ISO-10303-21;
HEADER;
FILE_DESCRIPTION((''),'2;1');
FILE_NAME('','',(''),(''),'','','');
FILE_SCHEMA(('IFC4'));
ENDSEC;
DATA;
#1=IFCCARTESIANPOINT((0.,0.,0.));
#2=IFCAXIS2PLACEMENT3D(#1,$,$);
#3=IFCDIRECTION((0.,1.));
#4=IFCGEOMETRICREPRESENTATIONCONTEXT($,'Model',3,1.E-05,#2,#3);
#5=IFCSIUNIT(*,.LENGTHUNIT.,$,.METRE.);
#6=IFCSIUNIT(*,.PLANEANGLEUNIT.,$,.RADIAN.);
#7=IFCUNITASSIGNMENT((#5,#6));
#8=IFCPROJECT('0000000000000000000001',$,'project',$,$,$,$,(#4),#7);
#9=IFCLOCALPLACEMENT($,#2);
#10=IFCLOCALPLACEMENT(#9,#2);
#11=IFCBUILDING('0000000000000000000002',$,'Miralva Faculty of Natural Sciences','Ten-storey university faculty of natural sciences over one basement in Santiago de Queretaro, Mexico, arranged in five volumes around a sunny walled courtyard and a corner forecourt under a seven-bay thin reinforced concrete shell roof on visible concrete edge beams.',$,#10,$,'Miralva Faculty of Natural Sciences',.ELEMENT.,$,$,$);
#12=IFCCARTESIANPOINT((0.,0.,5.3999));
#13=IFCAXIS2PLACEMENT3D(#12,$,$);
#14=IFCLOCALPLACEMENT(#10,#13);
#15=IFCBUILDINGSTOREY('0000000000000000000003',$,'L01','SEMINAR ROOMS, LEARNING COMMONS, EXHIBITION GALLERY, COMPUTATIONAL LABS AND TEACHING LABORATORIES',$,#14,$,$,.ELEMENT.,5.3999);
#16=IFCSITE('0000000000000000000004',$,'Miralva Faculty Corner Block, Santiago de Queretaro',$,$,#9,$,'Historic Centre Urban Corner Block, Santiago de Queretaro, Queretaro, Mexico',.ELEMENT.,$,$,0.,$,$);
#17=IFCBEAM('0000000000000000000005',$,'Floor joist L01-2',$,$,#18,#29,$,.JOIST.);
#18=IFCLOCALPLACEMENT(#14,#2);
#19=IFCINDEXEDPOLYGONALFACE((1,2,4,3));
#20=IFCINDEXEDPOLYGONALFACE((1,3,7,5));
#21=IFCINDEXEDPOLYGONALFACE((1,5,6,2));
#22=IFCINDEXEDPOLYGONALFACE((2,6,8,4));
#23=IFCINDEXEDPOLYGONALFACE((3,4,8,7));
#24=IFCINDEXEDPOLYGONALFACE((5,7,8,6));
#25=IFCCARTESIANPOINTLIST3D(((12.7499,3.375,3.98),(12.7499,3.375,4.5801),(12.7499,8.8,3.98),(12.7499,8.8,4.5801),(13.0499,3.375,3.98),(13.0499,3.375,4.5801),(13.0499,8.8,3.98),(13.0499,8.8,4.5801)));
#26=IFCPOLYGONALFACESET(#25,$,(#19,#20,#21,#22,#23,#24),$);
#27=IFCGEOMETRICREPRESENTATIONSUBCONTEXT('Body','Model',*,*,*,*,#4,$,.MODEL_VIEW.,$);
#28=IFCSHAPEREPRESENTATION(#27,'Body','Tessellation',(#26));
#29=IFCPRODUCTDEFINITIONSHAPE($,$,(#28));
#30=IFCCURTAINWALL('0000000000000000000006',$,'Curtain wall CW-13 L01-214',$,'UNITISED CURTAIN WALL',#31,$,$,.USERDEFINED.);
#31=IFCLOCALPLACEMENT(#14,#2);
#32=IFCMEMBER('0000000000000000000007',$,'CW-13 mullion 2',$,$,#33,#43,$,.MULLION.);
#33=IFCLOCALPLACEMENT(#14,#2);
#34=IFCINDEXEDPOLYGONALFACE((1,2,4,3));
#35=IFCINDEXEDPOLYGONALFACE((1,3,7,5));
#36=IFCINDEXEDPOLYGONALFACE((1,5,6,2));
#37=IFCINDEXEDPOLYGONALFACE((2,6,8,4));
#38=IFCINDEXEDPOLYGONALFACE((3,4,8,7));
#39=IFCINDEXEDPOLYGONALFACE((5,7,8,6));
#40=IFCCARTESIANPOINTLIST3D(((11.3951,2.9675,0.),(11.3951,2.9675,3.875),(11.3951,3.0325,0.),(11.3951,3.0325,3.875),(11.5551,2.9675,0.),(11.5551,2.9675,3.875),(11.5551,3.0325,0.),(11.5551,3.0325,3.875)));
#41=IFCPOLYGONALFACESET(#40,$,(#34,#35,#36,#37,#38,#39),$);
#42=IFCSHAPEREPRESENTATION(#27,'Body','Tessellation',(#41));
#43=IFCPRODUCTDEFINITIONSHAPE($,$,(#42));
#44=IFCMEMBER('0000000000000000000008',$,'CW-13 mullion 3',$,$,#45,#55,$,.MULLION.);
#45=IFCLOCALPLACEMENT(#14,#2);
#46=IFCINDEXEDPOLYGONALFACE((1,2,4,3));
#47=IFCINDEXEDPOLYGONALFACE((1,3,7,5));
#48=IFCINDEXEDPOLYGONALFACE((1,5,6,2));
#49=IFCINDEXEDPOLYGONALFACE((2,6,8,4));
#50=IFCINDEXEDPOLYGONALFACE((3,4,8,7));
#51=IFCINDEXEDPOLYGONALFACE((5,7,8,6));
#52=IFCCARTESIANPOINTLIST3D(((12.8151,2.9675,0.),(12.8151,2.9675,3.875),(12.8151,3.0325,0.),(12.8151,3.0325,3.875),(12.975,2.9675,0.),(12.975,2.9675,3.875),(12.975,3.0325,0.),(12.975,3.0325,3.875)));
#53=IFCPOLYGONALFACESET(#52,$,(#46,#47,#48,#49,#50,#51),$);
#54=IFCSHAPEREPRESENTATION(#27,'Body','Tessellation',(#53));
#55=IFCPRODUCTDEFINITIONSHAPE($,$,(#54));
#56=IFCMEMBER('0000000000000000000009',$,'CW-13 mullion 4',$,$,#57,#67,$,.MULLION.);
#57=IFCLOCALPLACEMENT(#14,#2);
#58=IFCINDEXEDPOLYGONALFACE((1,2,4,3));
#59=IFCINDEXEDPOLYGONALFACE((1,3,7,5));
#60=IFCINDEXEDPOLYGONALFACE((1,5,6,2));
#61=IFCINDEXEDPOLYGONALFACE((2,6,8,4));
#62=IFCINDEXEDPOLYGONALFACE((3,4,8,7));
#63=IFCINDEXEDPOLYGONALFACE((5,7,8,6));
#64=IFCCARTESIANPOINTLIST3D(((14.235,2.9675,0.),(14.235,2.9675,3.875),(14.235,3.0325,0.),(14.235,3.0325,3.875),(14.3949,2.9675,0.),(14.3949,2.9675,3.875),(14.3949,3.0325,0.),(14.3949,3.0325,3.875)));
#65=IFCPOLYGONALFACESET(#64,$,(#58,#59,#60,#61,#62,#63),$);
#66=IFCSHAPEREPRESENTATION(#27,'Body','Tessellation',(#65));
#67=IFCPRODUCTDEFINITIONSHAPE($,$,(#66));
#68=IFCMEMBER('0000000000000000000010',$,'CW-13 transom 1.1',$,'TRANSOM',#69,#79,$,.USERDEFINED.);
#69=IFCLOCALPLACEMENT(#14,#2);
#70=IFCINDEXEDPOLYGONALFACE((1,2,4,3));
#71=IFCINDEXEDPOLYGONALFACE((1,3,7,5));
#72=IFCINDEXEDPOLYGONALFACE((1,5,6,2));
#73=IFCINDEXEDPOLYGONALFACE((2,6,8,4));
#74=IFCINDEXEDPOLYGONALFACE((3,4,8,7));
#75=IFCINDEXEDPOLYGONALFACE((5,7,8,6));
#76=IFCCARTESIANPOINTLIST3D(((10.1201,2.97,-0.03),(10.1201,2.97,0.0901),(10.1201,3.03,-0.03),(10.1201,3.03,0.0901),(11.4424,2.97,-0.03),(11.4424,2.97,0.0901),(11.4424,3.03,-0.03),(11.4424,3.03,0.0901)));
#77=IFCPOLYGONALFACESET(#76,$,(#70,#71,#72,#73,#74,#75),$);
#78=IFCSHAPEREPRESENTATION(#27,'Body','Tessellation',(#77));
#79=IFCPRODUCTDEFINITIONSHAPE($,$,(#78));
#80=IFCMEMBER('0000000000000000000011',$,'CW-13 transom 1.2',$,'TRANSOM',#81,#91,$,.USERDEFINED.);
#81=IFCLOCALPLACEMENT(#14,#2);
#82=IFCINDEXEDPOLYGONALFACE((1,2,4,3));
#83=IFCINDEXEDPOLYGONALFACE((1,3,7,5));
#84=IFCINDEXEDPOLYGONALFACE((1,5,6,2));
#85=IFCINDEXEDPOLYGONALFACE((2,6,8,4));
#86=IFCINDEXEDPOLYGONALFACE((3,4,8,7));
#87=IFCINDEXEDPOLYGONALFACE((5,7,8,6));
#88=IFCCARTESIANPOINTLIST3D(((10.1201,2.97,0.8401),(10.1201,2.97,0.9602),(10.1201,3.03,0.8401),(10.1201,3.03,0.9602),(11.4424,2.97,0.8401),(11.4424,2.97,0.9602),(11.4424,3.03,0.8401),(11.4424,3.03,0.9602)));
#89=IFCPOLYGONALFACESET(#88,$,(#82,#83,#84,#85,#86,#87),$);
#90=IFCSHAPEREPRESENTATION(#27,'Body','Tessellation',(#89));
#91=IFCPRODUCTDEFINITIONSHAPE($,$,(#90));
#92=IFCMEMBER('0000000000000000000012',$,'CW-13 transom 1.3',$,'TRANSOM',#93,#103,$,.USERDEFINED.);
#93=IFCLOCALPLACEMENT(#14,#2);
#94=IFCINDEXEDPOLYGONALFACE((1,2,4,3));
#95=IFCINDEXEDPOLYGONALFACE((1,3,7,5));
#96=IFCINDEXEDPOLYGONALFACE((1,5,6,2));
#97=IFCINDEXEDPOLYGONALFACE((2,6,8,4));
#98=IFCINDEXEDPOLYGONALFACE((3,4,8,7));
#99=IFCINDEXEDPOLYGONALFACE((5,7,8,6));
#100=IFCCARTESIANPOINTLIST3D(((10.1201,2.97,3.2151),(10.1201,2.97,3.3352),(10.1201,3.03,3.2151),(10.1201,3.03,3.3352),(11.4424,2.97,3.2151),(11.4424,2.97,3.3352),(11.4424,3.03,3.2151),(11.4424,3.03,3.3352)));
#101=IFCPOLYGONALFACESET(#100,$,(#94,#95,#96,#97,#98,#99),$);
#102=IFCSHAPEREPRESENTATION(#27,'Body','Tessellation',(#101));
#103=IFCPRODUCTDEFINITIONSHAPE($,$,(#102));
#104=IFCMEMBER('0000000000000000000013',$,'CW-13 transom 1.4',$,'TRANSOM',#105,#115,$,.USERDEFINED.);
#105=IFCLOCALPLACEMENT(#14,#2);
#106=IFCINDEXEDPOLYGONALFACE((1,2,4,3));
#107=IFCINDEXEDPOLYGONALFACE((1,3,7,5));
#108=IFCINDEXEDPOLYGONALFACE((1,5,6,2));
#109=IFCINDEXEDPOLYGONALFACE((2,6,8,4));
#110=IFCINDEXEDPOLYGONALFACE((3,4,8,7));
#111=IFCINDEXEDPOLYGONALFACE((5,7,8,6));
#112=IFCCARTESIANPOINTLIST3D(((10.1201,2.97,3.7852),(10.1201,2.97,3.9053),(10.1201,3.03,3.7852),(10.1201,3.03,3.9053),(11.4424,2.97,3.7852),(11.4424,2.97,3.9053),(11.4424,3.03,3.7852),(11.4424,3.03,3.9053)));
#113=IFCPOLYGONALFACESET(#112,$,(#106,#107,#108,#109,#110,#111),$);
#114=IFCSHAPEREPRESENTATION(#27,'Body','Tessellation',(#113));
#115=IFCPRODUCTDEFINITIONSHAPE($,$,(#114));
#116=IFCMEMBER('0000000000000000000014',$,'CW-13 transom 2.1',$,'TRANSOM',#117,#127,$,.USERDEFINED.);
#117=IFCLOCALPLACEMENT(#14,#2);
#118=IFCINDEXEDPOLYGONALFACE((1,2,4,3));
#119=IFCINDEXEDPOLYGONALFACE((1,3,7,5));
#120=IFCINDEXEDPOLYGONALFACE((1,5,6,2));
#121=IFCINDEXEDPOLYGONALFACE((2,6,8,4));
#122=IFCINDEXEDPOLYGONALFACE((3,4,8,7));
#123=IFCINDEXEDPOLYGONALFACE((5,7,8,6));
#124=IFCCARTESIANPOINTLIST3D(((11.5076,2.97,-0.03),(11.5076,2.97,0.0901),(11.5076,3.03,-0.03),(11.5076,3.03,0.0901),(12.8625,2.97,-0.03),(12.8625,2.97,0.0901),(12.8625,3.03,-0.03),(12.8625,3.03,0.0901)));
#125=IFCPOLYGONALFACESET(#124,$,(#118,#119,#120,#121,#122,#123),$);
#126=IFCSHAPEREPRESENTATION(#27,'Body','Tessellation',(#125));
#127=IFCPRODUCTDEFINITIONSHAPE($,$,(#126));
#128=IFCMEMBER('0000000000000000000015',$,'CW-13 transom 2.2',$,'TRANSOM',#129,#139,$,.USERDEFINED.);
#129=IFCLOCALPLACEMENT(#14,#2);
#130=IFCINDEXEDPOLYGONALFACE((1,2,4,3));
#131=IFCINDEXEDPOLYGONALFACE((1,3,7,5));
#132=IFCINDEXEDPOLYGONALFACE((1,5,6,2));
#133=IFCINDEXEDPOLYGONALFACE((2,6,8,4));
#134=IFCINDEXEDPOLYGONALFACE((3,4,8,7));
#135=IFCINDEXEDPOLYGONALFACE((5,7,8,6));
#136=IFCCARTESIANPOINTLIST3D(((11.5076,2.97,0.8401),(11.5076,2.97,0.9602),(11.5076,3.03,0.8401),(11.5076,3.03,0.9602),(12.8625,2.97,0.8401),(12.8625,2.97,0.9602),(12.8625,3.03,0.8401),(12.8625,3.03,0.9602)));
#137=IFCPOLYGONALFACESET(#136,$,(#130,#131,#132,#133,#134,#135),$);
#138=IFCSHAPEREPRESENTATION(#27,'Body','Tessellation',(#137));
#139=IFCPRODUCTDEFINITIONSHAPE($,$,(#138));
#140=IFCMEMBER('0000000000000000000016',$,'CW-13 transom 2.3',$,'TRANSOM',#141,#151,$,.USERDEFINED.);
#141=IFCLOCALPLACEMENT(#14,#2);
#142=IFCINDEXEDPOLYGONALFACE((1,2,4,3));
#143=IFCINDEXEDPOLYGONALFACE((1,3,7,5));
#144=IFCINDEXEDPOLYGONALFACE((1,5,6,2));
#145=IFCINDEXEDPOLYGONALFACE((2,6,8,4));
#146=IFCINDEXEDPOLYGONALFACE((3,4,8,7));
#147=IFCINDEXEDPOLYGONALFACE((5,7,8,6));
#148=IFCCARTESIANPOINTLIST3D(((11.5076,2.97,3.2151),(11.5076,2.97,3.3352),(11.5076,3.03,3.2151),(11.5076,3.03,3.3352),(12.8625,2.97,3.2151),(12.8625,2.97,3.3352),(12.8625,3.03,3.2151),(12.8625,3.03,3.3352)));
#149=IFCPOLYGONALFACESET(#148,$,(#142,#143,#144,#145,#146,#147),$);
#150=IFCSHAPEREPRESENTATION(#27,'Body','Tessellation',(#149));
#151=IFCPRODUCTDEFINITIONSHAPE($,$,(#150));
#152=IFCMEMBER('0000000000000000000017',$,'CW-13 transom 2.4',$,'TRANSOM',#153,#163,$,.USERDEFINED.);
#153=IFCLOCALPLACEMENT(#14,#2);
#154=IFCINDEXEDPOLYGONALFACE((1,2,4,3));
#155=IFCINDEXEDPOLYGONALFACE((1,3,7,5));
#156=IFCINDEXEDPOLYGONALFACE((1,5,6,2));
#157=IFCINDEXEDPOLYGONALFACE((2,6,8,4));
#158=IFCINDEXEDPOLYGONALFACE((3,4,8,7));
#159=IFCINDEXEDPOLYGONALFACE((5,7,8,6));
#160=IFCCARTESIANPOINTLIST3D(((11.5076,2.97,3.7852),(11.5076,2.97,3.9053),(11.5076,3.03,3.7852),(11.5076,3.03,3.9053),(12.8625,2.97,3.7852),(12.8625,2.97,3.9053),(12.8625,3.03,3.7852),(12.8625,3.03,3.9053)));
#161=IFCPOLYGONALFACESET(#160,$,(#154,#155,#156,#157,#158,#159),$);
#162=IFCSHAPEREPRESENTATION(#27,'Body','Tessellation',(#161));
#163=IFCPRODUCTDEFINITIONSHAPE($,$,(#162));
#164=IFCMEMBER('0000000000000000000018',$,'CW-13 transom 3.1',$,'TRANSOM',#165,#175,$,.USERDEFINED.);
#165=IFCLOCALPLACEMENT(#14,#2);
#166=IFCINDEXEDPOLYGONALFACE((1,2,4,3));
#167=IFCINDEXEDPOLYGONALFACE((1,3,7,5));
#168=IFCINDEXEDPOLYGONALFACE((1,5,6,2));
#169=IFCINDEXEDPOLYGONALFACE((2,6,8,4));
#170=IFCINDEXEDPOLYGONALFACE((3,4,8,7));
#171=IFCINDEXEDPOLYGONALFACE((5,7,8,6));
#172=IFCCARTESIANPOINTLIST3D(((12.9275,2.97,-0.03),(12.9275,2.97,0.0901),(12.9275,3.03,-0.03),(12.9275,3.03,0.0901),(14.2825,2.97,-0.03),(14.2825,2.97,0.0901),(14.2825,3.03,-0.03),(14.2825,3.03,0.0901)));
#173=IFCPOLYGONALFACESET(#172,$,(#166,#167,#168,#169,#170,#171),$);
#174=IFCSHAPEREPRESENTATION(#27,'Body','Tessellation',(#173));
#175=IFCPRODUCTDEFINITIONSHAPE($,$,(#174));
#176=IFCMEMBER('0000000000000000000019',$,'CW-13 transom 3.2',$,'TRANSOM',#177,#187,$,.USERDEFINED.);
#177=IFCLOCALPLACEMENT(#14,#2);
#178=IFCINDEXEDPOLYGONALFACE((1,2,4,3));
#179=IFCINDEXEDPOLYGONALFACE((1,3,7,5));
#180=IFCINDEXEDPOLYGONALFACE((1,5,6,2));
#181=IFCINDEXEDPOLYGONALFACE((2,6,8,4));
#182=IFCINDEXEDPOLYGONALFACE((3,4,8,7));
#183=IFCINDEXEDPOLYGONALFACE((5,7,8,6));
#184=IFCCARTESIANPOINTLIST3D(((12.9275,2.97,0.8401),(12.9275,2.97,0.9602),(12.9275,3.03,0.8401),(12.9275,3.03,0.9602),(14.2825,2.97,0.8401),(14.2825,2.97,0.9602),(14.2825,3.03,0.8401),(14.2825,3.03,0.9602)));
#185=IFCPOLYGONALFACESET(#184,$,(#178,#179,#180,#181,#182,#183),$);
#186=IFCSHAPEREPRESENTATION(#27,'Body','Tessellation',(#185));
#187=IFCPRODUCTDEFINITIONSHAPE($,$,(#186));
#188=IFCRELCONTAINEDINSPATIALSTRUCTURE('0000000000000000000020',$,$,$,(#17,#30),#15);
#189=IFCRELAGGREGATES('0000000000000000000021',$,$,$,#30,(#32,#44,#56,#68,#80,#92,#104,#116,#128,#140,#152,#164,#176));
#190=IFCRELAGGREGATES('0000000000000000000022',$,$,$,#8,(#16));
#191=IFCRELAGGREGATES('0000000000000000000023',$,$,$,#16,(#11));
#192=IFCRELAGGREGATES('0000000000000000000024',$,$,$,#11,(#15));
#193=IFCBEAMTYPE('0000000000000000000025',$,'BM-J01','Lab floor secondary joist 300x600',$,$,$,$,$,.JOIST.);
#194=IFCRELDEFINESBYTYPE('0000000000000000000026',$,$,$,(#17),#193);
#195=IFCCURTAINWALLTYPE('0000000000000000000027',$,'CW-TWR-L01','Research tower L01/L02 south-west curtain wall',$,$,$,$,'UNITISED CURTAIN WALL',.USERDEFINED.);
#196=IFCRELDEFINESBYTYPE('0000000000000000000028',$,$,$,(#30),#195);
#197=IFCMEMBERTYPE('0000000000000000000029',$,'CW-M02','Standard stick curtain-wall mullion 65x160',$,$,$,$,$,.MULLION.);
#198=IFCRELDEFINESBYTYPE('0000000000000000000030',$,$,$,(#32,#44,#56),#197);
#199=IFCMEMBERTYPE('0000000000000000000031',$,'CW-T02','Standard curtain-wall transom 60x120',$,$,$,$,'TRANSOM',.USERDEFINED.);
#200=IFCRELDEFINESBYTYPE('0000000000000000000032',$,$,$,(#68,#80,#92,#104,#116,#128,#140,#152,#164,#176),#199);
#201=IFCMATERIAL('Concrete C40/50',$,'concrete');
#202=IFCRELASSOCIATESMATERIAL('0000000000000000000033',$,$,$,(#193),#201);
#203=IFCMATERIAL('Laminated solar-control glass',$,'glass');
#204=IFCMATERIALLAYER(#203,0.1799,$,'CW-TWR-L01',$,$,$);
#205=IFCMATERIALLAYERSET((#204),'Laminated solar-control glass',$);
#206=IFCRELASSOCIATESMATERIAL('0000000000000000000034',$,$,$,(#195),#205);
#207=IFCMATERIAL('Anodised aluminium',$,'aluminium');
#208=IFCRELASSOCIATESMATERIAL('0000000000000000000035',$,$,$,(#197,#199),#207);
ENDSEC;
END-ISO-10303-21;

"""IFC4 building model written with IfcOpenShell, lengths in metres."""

from ifc_helpers import new_model, si_unit, direction, frame, origin, origin_2d, place, context, subcontext, project, spatial, rectangle, extrude, material, layer, layer_set, material_profile, profile_set, type_object, element, aggregate, save


model = new_model("IFC4")

# Units and contexts
model_context = context("Model", 3, precision=1e-05, world=origin(), true_north=direction((0.0, 1.0)))
body_context = subcontext(model_context, "Body", "Model", "MODEL_VIEW")
ifc_project = project(units=[si_unit("LENGTHUNIT", "METRE"), si_unit("PLANEANGLEUNIT", "RADIAN")], contexts=[model_context])

# Site, building, storey
site_placement = place(None, origin())
site = spatial("IfcSite", under=ifc_project, at=site_placement, Name="Miralva Faculty Corner Block, Santiago de Queretaro", LongName="Historic Centre Urban Corner Block, Santiago de Queretaro, Queretaro, Mexico", CompositionType="ELEMENT", RefElevation=0.0)
building_placement = place(site_placement, origin())
building = spatial("IfcBuilding", under=site, at=building_placement, Name="Miralva Faculty of Natural Sciences", Description="Ten-storey university faculty of natural sciences over one basement in Santiago de Queretaro, Mexico, arranged in five volumes around a sunny walled courtyard and a corner forecourt under a seven-bay thin reinforced concrete shell roof on visible concrete edge beams.", LongName="Miralva Faculty of Natural Sciences", CompositionType="ELEMENT")
storey_placement = place(building_placement, frame((0.0, 0.0, 5.3999)))
storey = spatial("IfcBuildingStorey", under=building, at=storey_placement, Name="L01", Description="SEMINAR ROOMS, LEARNING COMMONS, EXHIBITION GALLERY, COMPUTATIONAL LABS AND TEACHING LABORATORIES", CompositionType="ELEMENT", Elevation=5.3999)

# Beam
ifc_material_1 = material(Name="Concrete C40/50", Category="concrete")
ifc_material_profile_1 = material_profile(ifc_material_1, rectangle(XDim=0.3, YDim=0.6001, at=origin_2d()), Name="RC 300x600")
ifc_profile_set_1 = profile_set([ifc_material_profile_1], Name="Concrete C40/50")
beam_type = type_object("IfcBeamType", Name="BM-J01", Description="Lab floor secondary joist 300x600", PredefinedType="JOIST", material=ifc_profile_set_1)
beam_placement = place(storey_placement, frame((12.8999, 3.375, 4.28), z_axis=(0.0, 1.0, 0.0), x_axis=(-1.0, 0.0, 0.0)))
element("IfcBeam", 1, at=beam_placement, inside=storey, type_object=beam_type, Name="Floor joist L01-2", PredefinedType="JOIST", context=body_context, shape_type="SweptSolid", body=[
    extrude(rectangle(XDim=0.3, YDim=0.6001, at=origin_2d()), origin(), (0.0, 0.0, 1.0), 5.425),
])

# Curtain wall, members
ifc_material_2 = material(Name="Laminated solar-control glass", Category="glass")
ifc_layer_1 = layer(ifc_material_2, 0.1799, Name="CW-TWR-L01")
ifc_layer_set_1 = layer_set([ifc_layer_1], Name="Laminated solar-control glass")
curtain_wall_type = type_object("IfcCurtainWallType", Name="CW-TWR-L01", Description="Research tower L01/L02 south-west curtain wall", ElementType="UNITISED CURTAIN WALL", PredefinedType="USERDEFINED", material=ifc_layer_set_1)
curtain_wall_placement = place(storey_placement, origin())
curtain_wall = element("IfcCurtainWall", 2, at=curtain_wall_placement, inside=storey, type_object=curtain_wall_type, Name="Curtain wall CW-13 L01-214", ObjectType="UNITISED CURTAIN WALL", PredefinedType="USERDEFINED")
ifc_material_3 = material(Name="Anodised aluminium", Category="aluminium")
ifc_material_profile_2 = material_profile(ifc_material_3, rectangle(XDim=0.0649, YDim=0.1599, at=origin_2d()), Name="MULLION 65x160")
ifc_profile_set_2 = profile_set([ifc_material_profile_2], Name="Anodised aluminium")
member_type_1 = type_object("IfcMemberType", Name="CW-M02", Description="Standard stick curtain-wall mullion 65x160", PredefinedType="MULLION", material=ifc_profile_set_2)
member_1_placement = place(storey_placement, frame((11.4751, 3.0, 0.0), z_axis=(0.0, 0.0, 1.0), x_axis=(0.0, 1.0, 0.0)))
member_1 = element("IfcMember", 3, at=member_1_placement, type_object=member_type_1, Name="CW-13 mullion 2", PredefinedType="MULLION", context=body_context, shape_type="SweptSolid", body=[
    extrude(rectangle(XDim=0.0649, YDim=0.1599, at=origin_2d()), origin(), (0.0, 0.0, 1.0), 3.875),
])
member_2_placement = place(storey_placement, frame((12.895, 3.0, 0.0), z_axis=(0.0, 0.0, 1.0), x_axis=(0.0, 1.0, 0.0)))
member_2 = element("IfcMember", 4, at=member_2_placement, type_object=member_type_1, Name="CW-13 mullion 3", PredefinedType="MULLION", context=body_context, shape_type="SweptSolid", body=[
    extrude(rectangle(XDim=0.0649, YDim=0.1599, at=origin_2d()), origin(), (0.0, 0.0, 1.0), 3.875),
])
member_3_placement = place(storey_placement, frame((14.3149, 3.0, 0.0), z_axis=(0.0, 0.0, 1.0), x_axis=(0.0, 1.0, 0.0)))
member_3 = element("IfcMember", 5, at=member_3_placement, type_object=member_type_1, Name="CW-13 mullion 4", PredefinedType="MULLION", context=body_context, shape_type="SweptSolid", body=[
    extrude(rectangle(XDim=0.0649, YDim=0.1599, at=origin_2d()), origin(), (0.0, 0.0, 1.0), 3.875),
])
ifc_material_profile_3 = material_profile(ifc_material_3, rectangle(XDim=0.0601, YDim=0.1201, at=origin_2d()), Name="TRANSOM 60x120")
ifc_profile_set_3 = profile_set([ifc_material_profile_3], Name="Anodised aluminium")
member_type_2 = type_object("IfcMemberType", Name="CW-T02", Description="Standard curtain-wall transom 60x120", ElementType="TRANSOM", PredefinedType="USERDEFINED", material=ifc_profile_set_3)
member_4_placement = place(storey_placement, frame((10.1201, 3.0, 0.03), z_axis=(1.0, 0.0, 0.0), x_axis=(0.0, 1.0, 0.0)))
member_4 = element("IfcMember", 6, at=member_4_placement, type_object=member_type_2, Name="CW-13 transom 1.1", ObjectType="TRANSOM", PredefinedType="USERDEFINED", context=body_context, shape_type="SweptSolid", body=[
    extrude(rectangle(XDim=0.0601, YDim=0.1201, at=origin_2d()), origin(), (0.0, 0.0, 1.0), 1.3223),
])
member_5_placement = place(storey_placement, frame((10.1201, 3.0, 0.9001), z_axis=(1.0, 0.0, 0.0), x_axis=(0.0, 1.0, 0.0)))
member_5 = element("IfcMember", 7, at=member_5_placement, type_object=member_type_2, Name="CW-13 transom 1.2", ObjectType="TRANSOM", PredefinedType="USERDEFINED", context=body_context, shape_type="SweptSolid", body=[
    extrude(rectangle(XDim=0.0601, YDim=0.1201, at=origin_2d()), origin(), (0.0, 0.0, 1.0), 1.3223),
])
member_6_placement = place(storey_placement, frame((10.1201, 3.0, 3.2751), z_axis=(1.0, 0.0, 0.0), x_axis=(0.0, 1.0, 0.0)))
member_6 = element("IfcMember", 8, at=member_6_placement, type_object=member_type_2, Name="CW-13 transom 1.3", ObjectType="TRANSOM", PredefinedType="USERDEFINED", context=body_context, shape_type="SweptSolid", body=[
    extrude(rectangle(XDim=0.0601, YDim=0.1201, at=origin_2d()), origin(), (0.0, 0.0, 1.0), 1.3223),
])
member_7_placement = place(storey_placement, frame((10.1201, 3.0, 3.8452), z_axis=(1.0, 0.0, 0.0), x_axis=(0.0, 1.0, 0.0)))
member_7 = element("IfcMember", 9, at=member_7_placement, type_object=member_type_2, Name="CW-13 transom 1.4", ObjectType="TRANSOM", PredefinedType="USERDEFINED", context=body_context, shape_type="SweptSolid", body=[
    extrude(rectangle(XDim=0.0601, YDim=0.1201, at=origin_2d()), origin(), (0.0, 0.0, 1.0), 1.3223),
])
member_8_placement = place(storey_placement, frame((11.5076, 3.0, 0.03), z_axis=(1.0, 0.0, 0.0), x_axis=(0.0, 1.0, 0.0)))
member_8 = element("IfcMember", 10, at=member_8_placement, type_object=member_type_2, Name="CW-13 transom 2.1", ObjectType="TRANSOM", PredefinedType="USERDEFINED", context=body_context, shape_type="SweptSolid", body=[
    extrude(rectangle(XDim=0.0601, YDim=0.1201, at=origin_2d()), origin(), (0.0, 0.0, 1.0), 1.355),
])
member_9_placement = place(storey_placement, frame((11.5076, 3.0, 0.9001), z_axis=(1.0, 0.0, 0.0), x_axis=(0.0, 1.0, 0.0)))
member_9 = element("IfcMember", 11, at=member_9_placement, type_object=member_type_2, Name="CW-13 transom 2.2", ObjectType="TRANSOM", PredefinedType="USERDEFINED", context=body_context, shape_type="SweptSolid", body=[
    extrude(rectangle(XDim=0.0601, YDim=0.1201, at=origin_2d()), origin(), (0.0, 0.0, 1.0), 1.355),
])
member_10_placement = place(storey_placement, frame((11.5076, 3.0, 3.2751), z_axis=(1.0, 0.0, 0.0), x_axis=(0.0, 1.0, 0.0)))
member_10 = element("IfcMember", 12, at=member_10_placement, type_object=member_type_2, Name="CW-13 transom 2.3", ObjectType="TRANSOM", PredefinedType="USERDEFINED", context=body_context, shape_type="SweptSolid", body=[
    extrude(rectangle(XDim=0.0601, YDim=0.1201, at=origin_2d()), origin(), (0.0, 0.0, 1.0), 1.355),
])
member_11_placement = place(storey_placement, frame((11.5076, 3.0, 3.8452), z_axis=(1.0, 0.0, 0.0), x_axis=(0.0, 1.0, 0.0)))
member_11 = element("IfcMember", 13, at=member_11_placement, type_object=member_type_2, Name="CW-13 transom 2.4", ObjectType="TRANSOM", PredefinedType="USERDEFINED", context=body_context, shape_type="SweptSolid", body=[
    extrude(rectangle(XDim=0.0601, YDim=0.1201, at=origin_2d()), origin(), (0.0, 0.0, 1.0), 1.355),
])
member_12_placement = place(storey_placement, frame((12.9275, 3.0, 0.03), z_axis=(1.0, 0.0, 0.0), x_axis=(0.0, 1.0, 0.0)))
member_12 = element("IfcMember", 14, at=member_12_placement, type_object=member_type_2, Name="CW-13 transom 3.1", ObjectType="TRANSOM", PredefinedType="USERDEFINED", context=body_context, shape_type="SweptSolid", body=[
    extrude(rectangle(XDim=0.0601, YDim=0.1201, at=origin_2d()), origin(), (0.0, 0.0, 1.0), 1.355),
])
member_13_placement = place(storey_placement, frame((12.9275, 3.0, 0.9001), z_axis=(1.0, 0.0, 0.0), x_axis=(0.0, 1.0, 0.0)))
member_13 = element("IfcMember", 15, at=member_13_placement, type_object=member_type_2, Name="CW-13 transom 3.2", ObjectType="TRANSOM", PredefinedType="USERDEFINED", context=body_context, shape_type="SweptSolid", body=[
    extrude(rectangle(XDim=0.0601, YDim=0.1201, at=origin_2d()), origin(), (0.0, 0.0, 1.0), 1.355),
])

aggregate(curtain_wall, [member_1, member_2, member_3, member_4, member_5, member_6, member_7, member_8, member_9, member_10, member_11, member_12, member_13])

save(model, "model.ifc")
